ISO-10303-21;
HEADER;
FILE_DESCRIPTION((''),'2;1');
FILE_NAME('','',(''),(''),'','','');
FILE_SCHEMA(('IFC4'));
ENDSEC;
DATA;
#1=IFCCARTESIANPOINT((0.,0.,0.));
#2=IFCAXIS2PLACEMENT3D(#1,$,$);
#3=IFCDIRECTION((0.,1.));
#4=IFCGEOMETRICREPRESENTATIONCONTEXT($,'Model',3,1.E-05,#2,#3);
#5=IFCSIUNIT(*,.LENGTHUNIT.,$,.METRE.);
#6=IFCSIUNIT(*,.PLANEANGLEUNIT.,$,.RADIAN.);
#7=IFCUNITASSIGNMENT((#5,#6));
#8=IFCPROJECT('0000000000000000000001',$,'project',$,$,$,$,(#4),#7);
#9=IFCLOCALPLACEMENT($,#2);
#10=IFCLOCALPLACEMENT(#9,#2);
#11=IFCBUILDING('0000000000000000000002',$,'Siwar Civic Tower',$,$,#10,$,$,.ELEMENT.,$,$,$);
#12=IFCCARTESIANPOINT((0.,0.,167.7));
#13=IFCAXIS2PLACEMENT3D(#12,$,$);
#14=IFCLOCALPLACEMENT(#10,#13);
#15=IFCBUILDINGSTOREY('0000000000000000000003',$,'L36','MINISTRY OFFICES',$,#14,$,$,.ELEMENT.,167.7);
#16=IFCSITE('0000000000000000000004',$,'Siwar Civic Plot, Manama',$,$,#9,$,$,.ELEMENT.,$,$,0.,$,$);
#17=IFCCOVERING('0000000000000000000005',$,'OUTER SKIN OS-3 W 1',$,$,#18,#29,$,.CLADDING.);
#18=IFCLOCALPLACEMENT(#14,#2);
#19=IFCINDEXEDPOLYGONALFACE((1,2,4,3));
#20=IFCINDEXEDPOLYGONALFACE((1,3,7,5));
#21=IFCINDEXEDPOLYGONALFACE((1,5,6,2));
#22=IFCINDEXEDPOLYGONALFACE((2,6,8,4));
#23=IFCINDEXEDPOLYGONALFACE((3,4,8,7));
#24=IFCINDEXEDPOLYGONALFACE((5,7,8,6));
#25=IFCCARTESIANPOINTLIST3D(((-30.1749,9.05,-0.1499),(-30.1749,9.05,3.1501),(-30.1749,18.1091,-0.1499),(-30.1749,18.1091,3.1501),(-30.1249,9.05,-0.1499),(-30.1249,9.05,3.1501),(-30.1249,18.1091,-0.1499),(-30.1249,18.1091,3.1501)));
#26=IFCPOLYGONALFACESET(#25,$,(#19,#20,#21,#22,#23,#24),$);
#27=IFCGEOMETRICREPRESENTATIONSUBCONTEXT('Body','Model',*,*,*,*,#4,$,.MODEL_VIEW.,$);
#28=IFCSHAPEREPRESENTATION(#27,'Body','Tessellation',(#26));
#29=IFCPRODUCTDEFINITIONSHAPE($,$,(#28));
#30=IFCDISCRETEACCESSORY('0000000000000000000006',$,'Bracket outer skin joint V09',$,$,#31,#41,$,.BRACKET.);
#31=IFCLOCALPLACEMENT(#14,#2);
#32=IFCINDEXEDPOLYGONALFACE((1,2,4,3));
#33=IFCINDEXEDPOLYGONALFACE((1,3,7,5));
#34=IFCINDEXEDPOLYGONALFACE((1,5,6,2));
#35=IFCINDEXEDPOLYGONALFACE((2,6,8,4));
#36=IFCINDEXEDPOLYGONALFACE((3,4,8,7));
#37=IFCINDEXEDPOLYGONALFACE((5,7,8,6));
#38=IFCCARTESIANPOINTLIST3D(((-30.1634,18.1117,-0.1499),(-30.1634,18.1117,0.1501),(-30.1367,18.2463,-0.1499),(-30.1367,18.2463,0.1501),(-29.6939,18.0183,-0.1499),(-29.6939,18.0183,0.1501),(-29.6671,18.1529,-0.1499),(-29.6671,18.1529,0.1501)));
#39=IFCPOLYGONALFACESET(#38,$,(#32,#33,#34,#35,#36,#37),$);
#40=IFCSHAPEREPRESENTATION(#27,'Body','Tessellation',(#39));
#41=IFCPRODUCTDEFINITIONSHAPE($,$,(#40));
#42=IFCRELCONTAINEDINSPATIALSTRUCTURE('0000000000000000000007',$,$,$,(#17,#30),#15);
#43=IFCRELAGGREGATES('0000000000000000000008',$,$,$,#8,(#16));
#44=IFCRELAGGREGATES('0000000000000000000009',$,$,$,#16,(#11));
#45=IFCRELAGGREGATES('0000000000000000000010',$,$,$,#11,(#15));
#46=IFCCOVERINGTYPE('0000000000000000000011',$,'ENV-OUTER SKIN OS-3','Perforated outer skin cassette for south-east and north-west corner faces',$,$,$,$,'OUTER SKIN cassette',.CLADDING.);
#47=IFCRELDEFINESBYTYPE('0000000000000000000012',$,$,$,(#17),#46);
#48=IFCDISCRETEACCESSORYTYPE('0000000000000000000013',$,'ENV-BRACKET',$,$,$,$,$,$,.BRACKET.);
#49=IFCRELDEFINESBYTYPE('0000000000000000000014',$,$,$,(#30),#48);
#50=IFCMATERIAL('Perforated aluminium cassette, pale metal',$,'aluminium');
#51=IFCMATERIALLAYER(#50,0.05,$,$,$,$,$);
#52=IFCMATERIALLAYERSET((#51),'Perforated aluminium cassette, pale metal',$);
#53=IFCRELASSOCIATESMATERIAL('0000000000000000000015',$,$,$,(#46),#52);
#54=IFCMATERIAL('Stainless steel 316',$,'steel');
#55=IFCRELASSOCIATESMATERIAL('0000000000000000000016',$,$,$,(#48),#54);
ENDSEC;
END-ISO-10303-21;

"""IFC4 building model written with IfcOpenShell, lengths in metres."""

from ifc_helpers import new_model, si_unit, direction, frame, origin, origin_2d, place, context, subcontext, project, spatial, rectangle, extrude, material, layer, layer_set, type_object, element, save


model = new_model("IFC4")

# Units and contexts
model_context = context("Model", 3, precision=1e-05, world=origin(), true_north=direction((0.0, 1.0)))
body_context = subcontext(model_context, "Body", "Model", "MODEL_VIEW")
ifc_project = project(units=[si_unit("LENGTHUNIT", "METRE"), si_unit("PLANEANGLEUNIT", "RADIAN")], contexts=[model_context])

# Site, building, storey
site_placement = place(None, origin())
site = spatial("IfcSite", under=ifc_project, at=site_placement, Name="Siwar Civic Plot, Manama", CompositionType="ELEMENT", RefElevation=0.0)
building_placement = place(site_placement, origin())
building = spatial("IfcBuilding", under=site, at=building_placement, Name="Siwar Civic Tower", CompositionType="ELEMENT")
storey_placement = place(building_placement, frame((0.0, 0.0, 167.7)))
storey = spatial("IfcBuildingStorey", under=building, at=storey_placement, Name="L36", Description="MINISTRY OFFICES", CompositionType="ELEMENT", Elevation=167.7)

# Covering
ifc_material_1 = material(Name="Perforated aluminium cassette, pale metal", Category="aluminium")
ifc_layer_1 = layer(ifc_material_1, 0.05)
ifc_layer_set_1 = layer_set([ifc_layer_1], Name="Perforated aluminium cassette, pale metal")
covering_type = type_object("IfcCoveringType", Name="ENV-OUTER SKIN OS-3", Description="Perforated outer skin cassette for south-east and north-west corner faces", ElementType="OUTER SKIN cassette", PredefinedType="CLADDING", material=ifc_layer_set_1)
covering_placement = place(storey_placement, frame((-30.1499, 13.5796, -0.1499), z_axis=(0.0, 0.0, 1.0), x_axis=(0.0, -1.0, 0.0)))
element("IfcCovering", 1, at=covering_placement, inside=storey, type_object=covering_type, Name="OUTER SKIN OS-3 W 1", PredefinedType="CLADDING", context=body_context, shape_type="SweptSolid", body=[
    extrude(rectangle(XDim=9.0591, YDim=0.05, at=origin_2d()), origin(), (0.0, 0.0, 1.0), 3.3),
])

# Discrete accessory
ifc_material_2 = material(Name="Stainless steel 316", Category="steel")
discrete_accessory_type = type_object("IfcDiscreteAccessoryType", Name="ENV-BRACKET", PredefinedType="BRACKET", material=ifc_material_2)
discrete_accessory_placement = place(storey_placement, frame((-29.9153, 18.1323, -0.1499), z_axis=(0.0, 0.0, 1.0), x_axis=(-0.980785, 0.19509, 0.0)))
element("IfcDiscreteAccessory", 2, at=discrete_accessory_placement, inside=storey, type_object=discrete_accessory_type, Name="Bracket outer skin joint V09", PredefinedType="BRACKET", context=body_context, shape_type="SweptSolid", body=[
    extrude(rectangle(XDim=0.4788, YDim=0.1372, at=origin_2d()), origin(), (0.0, 0.0, 1.0), 0.3),
])

save(model, "model.ifc")
